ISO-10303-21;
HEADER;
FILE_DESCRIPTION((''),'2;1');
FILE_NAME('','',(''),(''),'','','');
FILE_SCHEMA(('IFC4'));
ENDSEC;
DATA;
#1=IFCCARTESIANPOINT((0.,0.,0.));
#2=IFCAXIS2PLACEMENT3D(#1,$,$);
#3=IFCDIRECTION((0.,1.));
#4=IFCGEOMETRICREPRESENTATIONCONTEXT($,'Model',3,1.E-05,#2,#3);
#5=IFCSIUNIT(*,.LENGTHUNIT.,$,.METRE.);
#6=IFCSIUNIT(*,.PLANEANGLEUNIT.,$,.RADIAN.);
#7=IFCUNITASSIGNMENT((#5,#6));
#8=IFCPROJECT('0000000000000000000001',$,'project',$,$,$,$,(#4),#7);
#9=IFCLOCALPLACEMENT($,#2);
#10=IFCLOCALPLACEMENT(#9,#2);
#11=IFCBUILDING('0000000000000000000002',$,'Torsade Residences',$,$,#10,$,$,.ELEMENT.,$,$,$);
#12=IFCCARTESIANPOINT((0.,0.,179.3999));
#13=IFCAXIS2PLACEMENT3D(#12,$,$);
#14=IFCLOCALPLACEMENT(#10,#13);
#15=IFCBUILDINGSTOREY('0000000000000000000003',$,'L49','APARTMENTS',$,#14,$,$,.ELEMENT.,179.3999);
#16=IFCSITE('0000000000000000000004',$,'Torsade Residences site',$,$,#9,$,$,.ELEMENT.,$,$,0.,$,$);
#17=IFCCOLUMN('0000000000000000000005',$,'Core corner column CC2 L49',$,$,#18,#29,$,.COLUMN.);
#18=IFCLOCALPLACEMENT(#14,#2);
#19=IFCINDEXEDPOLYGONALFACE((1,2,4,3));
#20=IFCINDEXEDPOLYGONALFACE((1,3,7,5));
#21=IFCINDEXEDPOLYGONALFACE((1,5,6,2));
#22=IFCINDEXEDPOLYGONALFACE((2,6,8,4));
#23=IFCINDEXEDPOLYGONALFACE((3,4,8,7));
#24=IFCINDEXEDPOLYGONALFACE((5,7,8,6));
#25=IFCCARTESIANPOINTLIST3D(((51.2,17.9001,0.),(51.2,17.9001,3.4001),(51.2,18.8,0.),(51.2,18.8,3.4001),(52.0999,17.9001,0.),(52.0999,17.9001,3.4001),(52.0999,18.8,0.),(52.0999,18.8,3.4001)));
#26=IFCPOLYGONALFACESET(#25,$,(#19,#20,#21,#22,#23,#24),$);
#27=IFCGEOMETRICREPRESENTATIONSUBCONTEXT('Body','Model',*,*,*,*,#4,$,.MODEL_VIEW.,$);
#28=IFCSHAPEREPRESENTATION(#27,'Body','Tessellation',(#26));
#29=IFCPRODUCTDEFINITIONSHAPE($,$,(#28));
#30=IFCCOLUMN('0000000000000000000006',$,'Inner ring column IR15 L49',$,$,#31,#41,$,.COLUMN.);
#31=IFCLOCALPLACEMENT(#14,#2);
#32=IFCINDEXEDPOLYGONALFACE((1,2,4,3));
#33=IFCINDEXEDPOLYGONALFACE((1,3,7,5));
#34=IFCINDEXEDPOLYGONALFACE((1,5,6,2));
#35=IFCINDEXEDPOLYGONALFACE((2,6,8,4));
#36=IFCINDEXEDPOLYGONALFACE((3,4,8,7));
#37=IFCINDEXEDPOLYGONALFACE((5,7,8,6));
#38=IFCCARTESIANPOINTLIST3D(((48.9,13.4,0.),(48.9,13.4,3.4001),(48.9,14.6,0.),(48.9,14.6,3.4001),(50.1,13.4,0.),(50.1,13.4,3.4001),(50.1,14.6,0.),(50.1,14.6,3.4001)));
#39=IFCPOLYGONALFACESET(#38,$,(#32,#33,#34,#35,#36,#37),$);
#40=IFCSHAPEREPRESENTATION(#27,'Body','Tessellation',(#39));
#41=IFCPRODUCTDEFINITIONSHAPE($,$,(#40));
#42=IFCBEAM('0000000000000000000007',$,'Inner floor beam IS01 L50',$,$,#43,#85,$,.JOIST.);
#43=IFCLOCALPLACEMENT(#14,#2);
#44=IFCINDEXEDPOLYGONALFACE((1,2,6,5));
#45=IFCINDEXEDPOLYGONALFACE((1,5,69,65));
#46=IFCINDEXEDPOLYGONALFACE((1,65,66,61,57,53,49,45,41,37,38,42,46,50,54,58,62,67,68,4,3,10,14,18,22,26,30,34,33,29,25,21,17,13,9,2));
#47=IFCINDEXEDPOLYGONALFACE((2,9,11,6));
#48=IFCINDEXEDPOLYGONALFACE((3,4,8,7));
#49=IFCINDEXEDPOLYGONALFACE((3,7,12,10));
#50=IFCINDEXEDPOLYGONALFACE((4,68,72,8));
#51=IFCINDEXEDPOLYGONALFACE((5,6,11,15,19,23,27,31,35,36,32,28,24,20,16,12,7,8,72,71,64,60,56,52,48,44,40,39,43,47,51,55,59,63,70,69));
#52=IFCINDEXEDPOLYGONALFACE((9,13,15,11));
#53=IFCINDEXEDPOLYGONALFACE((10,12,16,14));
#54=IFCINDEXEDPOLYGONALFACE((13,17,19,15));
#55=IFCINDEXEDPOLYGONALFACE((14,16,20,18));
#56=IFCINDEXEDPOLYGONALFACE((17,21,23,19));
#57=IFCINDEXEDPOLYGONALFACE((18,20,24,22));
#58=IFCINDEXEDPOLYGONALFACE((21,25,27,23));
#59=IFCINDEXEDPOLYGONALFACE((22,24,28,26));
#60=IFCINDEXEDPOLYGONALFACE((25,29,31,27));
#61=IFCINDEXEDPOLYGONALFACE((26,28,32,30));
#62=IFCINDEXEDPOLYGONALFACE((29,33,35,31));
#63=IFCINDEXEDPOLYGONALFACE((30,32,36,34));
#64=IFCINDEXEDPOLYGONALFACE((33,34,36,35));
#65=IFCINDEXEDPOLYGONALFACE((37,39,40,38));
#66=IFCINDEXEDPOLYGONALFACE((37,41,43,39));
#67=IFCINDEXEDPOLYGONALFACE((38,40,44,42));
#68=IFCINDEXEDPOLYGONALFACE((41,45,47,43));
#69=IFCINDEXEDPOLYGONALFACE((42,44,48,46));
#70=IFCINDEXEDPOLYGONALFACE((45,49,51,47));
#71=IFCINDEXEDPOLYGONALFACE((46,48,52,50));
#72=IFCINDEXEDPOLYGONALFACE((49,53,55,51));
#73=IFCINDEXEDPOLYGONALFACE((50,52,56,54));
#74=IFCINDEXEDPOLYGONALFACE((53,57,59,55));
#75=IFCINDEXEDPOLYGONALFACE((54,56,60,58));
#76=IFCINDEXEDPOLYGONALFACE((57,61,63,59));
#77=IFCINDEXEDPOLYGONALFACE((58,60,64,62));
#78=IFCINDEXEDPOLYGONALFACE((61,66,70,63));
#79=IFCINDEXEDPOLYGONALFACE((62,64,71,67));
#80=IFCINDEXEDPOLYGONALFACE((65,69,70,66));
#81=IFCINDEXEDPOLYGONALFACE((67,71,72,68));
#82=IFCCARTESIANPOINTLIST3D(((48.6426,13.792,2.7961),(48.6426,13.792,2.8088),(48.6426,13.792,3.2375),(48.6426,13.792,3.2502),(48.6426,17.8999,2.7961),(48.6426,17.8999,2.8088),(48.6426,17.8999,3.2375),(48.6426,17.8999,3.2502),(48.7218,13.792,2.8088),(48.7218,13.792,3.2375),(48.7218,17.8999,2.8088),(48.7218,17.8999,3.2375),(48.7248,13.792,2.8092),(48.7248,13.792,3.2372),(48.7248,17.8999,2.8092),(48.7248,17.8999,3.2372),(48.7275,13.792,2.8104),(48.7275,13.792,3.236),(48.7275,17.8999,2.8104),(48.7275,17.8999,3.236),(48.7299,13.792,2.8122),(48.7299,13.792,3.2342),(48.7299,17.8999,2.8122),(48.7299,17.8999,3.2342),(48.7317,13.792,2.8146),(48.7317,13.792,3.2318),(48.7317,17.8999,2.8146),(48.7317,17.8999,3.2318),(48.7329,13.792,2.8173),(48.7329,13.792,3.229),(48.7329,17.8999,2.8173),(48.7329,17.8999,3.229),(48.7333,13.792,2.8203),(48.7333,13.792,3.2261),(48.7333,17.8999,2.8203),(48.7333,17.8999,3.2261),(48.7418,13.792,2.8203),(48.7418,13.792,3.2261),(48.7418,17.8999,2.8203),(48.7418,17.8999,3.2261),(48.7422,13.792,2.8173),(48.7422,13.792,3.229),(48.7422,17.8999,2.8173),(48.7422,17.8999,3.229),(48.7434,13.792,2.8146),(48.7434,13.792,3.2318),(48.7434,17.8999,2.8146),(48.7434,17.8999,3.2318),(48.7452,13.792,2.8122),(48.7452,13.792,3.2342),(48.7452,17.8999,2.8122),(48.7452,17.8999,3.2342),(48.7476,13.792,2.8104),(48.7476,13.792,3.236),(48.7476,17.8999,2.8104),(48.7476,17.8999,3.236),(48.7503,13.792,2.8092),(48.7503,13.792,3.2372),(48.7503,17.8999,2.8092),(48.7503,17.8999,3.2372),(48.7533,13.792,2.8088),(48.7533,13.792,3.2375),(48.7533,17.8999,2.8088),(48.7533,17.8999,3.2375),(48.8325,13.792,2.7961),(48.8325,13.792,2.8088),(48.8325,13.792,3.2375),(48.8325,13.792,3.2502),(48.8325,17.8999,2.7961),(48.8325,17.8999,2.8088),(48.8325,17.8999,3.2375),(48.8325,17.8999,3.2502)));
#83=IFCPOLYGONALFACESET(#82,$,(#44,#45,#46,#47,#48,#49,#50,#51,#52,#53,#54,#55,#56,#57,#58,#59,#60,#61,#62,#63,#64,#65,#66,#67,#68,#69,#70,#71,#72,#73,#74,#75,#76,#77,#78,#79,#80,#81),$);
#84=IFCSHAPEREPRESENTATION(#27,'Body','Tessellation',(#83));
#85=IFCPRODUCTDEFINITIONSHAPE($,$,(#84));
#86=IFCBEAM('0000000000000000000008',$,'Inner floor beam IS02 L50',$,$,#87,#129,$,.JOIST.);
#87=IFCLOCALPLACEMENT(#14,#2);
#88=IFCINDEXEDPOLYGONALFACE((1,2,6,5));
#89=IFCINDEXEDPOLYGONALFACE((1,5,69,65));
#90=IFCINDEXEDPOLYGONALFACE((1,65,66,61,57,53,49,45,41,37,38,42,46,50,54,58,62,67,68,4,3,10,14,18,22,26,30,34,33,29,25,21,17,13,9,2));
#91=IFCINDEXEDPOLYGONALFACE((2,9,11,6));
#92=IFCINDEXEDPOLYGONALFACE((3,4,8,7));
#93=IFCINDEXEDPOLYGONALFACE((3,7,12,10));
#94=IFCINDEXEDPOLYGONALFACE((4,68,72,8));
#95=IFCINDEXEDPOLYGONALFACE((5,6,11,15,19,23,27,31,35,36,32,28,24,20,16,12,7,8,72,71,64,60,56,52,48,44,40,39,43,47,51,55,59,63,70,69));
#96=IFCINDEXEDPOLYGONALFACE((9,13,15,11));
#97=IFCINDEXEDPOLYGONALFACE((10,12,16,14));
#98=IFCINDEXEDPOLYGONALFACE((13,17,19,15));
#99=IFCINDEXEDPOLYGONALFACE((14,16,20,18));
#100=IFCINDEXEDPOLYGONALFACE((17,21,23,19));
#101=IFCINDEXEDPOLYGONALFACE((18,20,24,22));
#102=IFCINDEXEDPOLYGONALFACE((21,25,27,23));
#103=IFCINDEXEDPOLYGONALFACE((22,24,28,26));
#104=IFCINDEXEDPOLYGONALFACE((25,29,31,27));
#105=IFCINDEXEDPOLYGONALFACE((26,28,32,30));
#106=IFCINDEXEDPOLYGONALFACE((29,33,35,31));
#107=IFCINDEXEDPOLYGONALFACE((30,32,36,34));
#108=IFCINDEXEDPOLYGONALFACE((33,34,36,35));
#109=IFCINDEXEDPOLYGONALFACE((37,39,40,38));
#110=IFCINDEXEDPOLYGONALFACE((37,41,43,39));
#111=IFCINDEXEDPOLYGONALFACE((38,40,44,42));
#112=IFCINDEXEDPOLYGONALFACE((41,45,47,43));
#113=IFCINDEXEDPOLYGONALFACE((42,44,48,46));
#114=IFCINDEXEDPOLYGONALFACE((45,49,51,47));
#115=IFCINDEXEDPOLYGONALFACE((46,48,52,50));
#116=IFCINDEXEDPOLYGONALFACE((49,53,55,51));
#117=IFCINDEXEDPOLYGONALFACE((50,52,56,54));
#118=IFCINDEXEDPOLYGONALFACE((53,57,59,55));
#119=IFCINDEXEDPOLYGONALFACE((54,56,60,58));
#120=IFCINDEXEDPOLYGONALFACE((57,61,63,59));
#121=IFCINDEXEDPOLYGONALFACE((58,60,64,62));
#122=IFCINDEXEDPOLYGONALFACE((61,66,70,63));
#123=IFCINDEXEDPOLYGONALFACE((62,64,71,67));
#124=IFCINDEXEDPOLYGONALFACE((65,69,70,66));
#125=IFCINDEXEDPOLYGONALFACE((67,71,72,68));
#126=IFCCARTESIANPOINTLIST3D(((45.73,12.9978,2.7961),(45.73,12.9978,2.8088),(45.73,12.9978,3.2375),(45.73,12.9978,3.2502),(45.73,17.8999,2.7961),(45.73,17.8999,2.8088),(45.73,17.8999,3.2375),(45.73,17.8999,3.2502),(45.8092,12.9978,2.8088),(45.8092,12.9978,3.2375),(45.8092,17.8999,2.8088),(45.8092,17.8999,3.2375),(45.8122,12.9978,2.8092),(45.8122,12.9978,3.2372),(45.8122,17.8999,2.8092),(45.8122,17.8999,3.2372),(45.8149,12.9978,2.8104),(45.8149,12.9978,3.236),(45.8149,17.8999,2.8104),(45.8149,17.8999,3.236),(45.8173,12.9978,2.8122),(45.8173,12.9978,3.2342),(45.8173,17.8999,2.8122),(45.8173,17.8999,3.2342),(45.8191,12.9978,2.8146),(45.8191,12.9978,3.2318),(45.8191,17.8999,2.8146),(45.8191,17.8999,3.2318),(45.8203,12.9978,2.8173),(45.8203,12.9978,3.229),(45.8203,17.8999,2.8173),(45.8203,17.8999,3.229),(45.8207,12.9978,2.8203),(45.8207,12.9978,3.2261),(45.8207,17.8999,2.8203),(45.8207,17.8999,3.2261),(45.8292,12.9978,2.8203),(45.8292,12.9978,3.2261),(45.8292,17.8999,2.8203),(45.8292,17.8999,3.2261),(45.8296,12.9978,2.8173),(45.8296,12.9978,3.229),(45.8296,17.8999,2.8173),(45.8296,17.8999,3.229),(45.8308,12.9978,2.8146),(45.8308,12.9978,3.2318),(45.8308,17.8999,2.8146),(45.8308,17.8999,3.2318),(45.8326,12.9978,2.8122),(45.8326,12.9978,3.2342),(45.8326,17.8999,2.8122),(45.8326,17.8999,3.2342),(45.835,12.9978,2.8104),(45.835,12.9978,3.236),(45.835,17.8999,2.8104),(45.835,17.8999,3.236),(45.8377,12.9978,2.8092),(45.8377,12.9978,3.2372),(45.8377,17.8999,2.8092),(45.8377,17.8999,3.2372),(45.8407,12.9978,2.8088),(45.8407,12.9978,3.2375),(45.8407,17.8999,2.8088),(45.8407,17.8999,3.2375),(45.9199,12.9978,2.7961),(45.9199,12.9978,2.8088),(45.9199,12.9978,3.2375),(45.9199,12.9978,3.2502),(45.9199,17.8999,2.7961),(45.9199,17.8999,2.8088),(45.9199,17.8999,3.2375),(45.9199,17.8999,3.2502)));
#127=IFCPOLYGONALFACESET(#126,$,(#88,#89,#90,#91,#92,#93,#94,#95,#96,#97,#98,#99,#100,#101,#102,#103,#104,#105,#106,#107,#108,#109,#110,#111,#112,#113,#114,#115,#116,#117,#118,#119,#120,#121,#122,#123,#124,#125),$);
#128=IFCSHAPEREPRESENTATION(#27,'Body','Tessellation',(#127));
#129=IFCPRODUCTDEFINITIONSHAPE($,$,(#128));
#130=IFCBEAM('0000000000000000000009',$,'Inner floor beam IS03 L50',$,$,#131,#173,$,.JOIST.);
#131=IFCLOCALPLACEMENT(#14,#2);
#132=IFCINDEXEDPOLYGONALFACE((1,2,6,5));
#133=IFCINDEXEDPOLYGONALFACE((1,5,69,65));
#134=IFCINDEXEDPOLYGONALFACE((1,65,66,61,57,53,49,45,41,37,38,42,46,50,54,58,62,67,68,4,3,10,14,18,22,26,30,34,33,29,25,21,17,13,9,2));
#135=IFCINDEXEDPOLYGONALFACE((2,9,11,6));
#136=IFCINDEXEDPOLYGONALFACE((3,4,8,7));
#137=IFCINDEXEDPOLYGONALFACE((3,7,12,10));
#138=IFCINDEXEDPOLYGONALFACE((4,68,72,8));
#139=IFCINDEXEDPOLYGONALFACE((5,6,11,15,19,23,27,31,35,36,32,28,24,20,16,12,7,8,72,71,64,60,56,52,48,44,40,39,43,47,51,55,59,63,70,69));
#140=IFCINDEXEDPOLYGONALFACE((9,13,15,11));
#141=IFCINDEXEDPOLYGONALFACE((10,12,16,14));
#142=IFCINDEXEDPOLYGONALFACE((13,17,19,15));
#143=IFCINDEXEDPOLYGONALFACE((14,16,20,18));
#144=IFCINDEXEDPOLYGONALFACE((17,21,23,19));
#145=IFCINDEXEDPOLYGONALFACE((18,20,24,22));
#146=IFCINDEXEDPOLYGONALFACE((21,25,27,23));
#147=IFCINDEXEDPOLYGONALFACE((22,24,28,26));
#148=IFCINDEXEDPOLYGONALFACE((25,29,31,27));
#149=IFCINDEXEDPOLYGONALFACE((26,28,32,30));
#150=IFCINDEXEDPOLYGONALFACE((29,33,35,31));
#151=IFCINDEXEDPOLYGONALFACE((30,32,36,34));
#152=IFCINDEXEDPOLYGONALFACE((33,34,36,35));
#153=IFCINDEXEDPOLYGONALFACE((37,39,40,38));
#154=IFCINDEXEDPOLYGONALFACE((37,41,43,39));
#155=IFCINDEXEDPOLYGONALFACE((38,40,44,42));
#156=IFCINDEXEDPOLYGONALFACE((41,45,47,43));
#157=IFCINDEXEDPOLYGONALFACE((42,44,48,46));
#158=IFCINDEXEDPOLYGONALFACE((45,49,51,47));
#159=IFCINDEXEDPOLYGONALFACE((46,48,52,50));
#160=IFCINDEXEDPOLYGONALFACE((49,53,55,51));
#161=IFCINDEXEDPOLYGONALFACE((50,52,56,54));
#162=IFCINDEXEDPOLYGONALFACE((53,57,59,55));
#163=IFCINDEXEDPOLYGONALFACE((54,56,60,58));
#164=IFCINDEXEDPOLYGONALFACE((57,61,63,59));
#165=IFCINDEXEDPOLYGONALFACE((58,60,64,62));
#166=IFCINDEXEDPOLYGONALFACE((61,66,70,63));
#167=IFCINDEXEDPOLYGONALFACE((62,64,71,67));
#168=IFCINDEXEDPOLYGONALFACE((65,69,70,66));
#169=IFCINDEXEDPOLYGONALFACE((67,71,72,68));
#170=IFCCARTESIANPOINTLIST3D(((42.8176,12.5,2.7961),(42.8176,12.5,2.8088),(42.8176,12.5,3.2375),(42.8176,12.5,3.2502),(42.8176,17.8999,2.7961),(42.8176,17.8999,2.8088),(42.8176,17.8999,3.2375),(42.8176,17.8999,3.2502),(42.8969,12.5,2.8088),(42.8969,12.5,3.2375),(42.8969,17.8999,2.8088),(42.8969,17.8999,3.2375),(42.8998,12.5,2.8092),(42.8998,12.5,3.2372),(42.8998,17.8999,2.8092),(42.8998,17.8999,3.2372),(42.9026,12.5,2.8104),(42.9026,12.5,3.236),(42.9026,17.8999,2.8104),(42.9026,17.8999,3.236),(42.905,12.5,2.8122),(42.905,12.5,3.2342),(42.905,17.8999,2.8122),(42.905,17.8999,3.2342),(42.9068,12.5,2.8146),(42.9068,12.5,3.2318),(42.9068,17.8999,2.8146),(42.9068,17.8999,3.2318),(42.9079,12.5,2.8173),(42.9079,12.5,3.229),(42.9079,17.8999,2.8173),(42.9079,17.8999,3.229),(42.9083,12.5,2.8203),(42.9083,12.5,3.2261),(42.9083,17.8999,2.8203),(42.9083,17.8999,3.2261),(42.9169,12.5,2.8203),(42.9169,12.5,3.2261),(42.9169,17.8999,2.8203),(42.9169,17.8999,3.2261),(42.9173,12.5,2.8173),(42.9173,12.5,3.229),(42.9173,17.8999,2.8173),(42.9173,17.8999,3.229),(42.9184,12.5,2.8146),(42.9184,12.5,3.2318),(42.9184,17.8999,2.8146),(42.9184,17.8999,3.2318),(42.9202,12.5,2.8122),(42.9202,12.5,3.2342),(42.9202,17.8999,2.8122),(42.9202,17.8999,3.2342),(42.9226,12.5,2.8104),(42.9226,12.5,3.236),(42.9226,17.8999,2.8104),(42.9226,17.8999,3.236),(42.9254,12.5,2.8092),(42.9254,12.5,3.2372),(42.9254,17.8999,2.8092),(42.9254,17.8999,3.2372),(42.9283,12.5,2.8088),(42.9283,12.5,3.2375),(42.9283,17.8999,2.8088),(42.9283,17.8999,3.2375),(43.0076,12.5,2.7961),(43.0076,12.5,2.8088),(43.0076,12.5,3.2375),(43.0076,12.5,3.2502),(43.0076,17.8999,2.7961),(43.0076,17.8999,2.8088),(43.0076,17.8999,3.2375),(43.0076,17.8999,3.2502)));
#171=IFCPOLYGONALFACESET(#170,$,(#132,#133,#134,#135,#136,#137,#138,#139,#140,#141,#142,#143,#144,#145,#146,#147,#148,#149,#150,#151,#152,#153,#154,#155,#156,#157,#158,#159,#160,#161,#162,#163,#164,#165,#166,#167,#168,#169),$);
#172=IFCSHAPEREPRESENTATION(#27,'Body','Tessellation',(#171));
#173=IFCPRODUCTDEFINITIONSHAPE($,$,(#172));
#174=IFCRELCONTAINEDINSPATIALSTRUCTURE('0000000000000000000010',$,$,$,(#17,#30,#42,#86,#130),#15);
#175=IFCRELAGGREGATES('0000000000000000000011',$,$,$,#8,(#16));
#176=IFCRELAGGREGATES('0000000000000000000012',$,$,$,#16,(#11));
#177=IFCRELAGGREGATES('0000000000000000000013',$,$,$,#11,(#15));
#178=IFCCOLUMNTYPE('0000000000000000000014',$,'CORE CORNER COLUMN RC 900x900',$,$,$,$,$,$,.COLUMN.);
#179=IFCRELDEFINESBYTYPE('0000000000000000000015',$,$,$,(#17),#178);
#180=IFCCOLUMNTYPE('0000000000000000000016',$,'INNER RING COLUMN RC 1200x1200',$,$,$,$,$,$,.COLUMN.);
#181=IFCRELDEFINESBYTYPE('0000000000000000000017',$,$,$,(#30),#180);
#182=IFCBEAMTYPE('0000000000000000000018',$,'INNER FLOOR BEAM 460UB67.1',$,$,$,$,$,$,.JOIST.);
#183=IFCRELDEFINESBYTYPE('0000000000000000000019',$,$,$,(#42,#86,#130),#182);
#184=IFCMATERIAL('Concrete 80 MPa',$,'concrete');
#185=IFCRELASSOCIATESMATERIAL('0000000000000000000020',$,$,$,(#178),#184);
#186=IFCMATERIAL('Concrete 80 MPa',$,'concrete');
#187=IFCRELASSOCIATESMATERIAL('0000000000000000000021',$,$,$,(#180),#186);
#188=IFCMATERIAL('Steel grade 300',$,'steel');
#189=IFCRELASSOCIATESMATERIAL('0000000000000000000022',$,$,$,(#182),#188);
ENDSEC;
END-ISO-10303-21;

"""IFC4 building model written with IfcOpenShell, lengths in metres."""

from ifc_helpers import new_model, si_unit, direction, frame, origin, origin_2d, place, context, subcontext, project, spatial, rectangle, i_section, extrude, material, material_profile, profile_set, type_object, element, save


model = new_model("IFC4")

# Units and contexts
model_context = context("Model", 3, precision=1e-05, world=origin(), true_north=direction((0.0, 1.0)))
body_context = subcontext(model_context, "Body", "Model", "MODEL_VIEW")
ifc_project = project(units=[si_unit("LENGTHUNIT", "METRE"), si_unit("PLANEANGLEUNIT", "RADIAN")], contexts=[model_context])

# Site, building, storey
site_placement = place(None, origin())
site = spatial("IfcSite", under=ifc_project, at=site_placement, Name="Torsade Residences site", CompositionType="ELEMENT", RefElevation=0.0)
building_placement = place(site_placement, origin())
building = spatial("IfcBuilding", under=site, at=building_placement, Name="Torsade Residences", CompositionType="ELEMENT")
storey_placement = place(building_placement, frame((0.0, 0.0, 179.3999)))
storey = spatial("IfcBuildingStorey", under=building, at=storey_placement, Name="L49", Description="APARTMENTS", CompositionType="ELEMENT", Elevation=179.3999)

# Columns
ifc_material_1 = material(Name="Concrete 80 MPa", Category="concrete")
ifc_material_profile_1 = material_profile(ifc_material_1, rectangle(XDim=0.8999, YDim=0.8999, at=origin_2d()), Name="RC 900x900")
ifc_profile_set_1 = profile_set([ifc_material_profile_1], Name="Concrete 80 MPa")
column_type_1 = type_object("IfcColumnType", Name="CORE CORNER COLUMN RC 900x900", PredefinedType="COLUMN", material=ifc_profile_set_1)
column_1_placement = place(storey_placement, frame((51.6499, 18.3501, 0.0), z_axis=(0.0, 0.0, 1.0), x_axis=(1.0, 0.0, 0.0)))
element("IfcColumn", 1, at=column_1_placement, inside=storey, type_object=column_type_1, Name="Core corner column CC2 L49", PredefinedType="COLUMN", context=body_context, shape_type="SweptSolid", body=[
    extrude(rectangle(XDim=0.8999, YDim=0.8999, at=origin_2d()), origin(), (0.0, 0.0, 1.0), 3.4001),
])
ifc_material_2 = material(Name="Concrete 80 MPa", Category="concrete")
ifc_material_profile_2 = material_profile(ifc_material_2, rectangle(XDim=1.2, YDim=1.2, at=origin_2d()), Name="RC 1200x1200")
ifc_profile_set_2 = profile_set([ifc_material_profile_2], Name="Concrete 80 MPa")
column_type_2 = type_object("IfcColumnType", Name="INNER RING COLUMN RC 1200x1200", PredefinedType="COLUMN", material=ifc_profile_set_2)
column_2_placement = place(storey_placement, frame((49.5, 14.0, 0.0), z_axis=(0.0, 0.0, 1.0), x_axis=(1.0, 0.0, 0.0)))
element("IfcColumn", 2, at=column_2_placement, inside=storey, type_object=column_type_2, Name="Inner ring column IR15 L49", PredefinedType="COLUMN", context=body_context, shape_type="SweptSolid", body=[
    extrude(rectangle(XDim=1.2, YDim=1.2, at=origin_2d()), origin(), (0.0, 0.0, 1.0), 3.4001),
])

# Beams
ifc_material_3 = material(Name="Steel grade 300", Category="steel")
ifc_material_profile_3 = material_profile(ifc_material_3, i_section(OverallWidth=0.1899, OverallDepth=0.4541, WebThickness=0.0085, FlangeThickness=0.0127, FilletRadius=0.0115, at=origin_2d()), Name="460UB67.1")
ifc_profile_set_3 = profile_set([ifc_material_profile_3], Name="Steel grade 300")
beam_type_1 = type_object("IfcBeamType", Name="INNER FLOOR BEAM 460UB67.1", PredefinedType="JOIST", material=ifc_profile_set_3)
beam_1_placement = place(storey_placement, frame((48.7375, 17.8999, 3.0232), z_axis=(0.0, -1.0, 0.0), x_axis=(1.0, 0.0, 0.0)))
element("IfcBeam", 3, at=beam_1_placement, inside=storey, type_object=beam_type_1, Name="Inner floor beam IS01 L50", PredefinedType="JOIST", context=body_context, shape_type="SweptSolid", body=[
    extrude(i_section(OverallWidth=0.1899, OverallDepth=0.4541, WebThickness=0.0085, FlangeThickness=0.0127, FilletRadius=0.0115, at=origin_2d()), origin(), (0.0, 0.0, 1.0), 4.1079),
])
beam_2_placement = place(storey_placement, frame((45.825, 17.8999, 3.0232), z_axis=(0.0, -1.0, 0.0), x_axis=(1.0, 0.0, 0.0)))
element("IfcBeam", 4, at=beam_2_placement, inside=storey, type_object=beam_type_1, Name="Inner floor beam IS02 L50", PredefinedType="JOIST", context=body_context, shape_type="SweptSolid", body=[
    extrude(i_section(OverallWidth=0.1899, OverallDepth=0.4541, WebThickness=0.0085, FlangeThickness=0.0127, FilletRadius=0.0115, at=origin_2d()), origin(), (0.0, 0.0, 1.0), 4.9021),
])
for number, where, z_axis, x_axis, name in (
    (5, (42.9126, 17.8999, 3.0232), (0.0, -1.0, 0.0), (1.0, 0.0, 0.0), "Inner floor beam IS03 L50"),
):
    element("IfcBeam", number, at=place(storey_placement, frame(where, z_axis=z_axis, x_axis=x_axis)), inside=storey, type_object=beam_type_1, Name=name, PredefinedType="JOIST", context=body_context, shape_type="SweptSolid", body=[
        extrude(i_section(OverallWidth=0.1899, OverallDepth=0.4541, WebThickness=0.0085, FlangeThickness=0.0127, FilletRadius=0.0115, at=origin_2d()), origin(), (0.0, 0.0, 1.0), 5.3999),
    ])

save(model, "model.ifc")
